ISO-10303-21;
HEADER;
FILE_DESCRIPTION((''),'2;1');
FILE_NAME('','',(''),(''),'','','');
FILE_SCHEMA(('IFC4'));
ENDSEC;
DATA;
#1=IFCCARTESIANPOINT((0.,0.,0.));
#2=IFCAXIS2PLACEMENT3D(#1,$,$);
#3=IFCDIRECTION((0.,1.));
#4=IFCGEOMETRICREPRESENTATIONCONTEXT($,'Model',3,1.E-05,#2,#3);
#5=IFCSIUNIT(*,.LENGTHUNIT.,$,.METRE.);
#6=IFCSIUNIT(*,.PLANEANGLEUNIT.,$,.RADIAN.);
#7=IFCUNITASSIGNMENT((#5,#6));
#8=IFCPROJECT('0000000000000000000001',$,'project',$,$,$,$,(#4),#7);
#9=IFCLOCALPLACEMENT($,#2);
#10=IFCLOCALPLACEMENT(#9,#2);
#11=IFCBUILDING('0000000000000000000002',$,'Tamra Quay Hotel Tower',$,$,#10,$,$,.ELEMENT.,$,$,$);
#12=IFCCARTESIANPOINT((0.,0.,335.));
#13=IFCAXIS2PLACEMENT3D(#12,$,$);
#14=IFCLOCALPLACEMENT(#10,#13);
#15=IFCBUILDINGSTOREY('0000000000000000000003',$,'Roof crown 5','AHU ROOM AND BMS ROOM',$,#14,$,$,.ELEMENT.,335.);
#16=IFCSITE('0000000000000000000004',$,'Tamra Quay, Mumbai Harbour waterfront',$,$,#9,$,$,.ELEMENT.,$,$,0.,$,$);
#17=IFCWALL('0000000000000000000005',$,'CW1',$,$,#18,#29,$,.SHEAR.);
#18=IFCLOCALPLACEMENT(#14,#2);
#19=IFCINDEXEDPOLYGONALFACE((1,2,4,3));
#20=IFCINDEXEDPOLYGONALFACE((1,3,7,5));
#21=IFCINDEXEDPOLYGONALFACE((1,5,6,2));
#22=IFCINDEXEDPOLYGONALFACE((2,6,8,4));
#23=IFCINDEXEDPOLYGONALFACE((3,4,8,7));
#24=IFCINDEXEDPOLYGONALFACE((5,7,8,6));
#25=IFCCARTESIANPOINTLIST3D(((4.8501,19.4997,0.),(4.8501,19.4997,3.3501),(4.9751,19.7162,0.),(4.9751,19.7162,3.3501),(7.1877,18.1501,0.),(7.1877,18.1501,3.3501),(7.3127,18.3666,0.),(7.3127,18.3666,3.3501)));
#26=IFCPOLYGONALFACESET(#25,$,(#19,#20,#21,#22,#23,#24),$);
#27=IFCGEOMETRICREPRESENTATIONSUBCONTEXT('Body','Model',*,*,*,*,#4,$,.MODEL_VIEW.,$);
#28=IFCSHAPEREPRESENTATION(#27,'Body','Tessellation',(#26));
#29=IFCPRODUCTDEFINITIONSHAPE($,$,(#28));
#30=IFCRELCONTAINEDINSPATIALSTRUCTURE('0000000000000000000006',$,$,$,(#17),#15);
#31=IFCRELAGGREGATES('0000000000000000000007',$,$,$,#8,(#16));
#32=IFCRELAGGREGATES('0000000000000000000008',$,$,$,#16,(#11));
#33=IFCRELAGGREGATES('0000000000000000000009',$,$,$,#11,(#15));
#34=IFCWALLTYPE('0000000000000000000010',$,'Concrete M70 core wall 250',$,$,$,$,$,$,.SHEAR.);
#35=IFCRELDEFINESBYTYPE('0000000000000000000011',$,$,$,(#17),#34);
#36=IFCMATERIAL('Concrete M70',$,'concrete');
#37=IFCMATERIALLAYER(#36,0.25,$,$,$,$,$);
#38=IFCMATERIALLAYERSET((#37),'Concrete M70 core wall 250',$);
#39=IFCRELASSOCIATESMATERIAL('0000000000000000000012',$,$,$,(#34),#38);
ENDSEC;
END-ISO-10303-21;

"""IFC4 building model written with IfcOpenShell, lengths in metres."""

from ifc_helpers import new_model, si_unit, direction, frame, frame_2d, origin, place, context, subcontext, project, spatial, rectangle, extrude, material, layer, layer_set, type_object, element, save


model = new_model("IFC4")

# Units and contexts
model_context = context("Model", 3, precision=1e-05, world=origin(), true_north=direction((0.0, 1.0)))
body_context = subcontext(model_context, "Body", "Model", "MODEL_VIEW")
ifc_project = project(units=[si_unit("LENGTHUNIT", "METRE"), si_unit("PLANEANGLEUNIT", "RADIAN")], contexts=[model_context])

# Site, building, storey
site_placement = place(None, origin())
site = spatial("IfcSite", under=ifc_project, at=site_placement, Name="Tamra Quay, Mumbai Harbour waterfront", CompositionType="ELEMENT", RefElevation=0.0)
building_placement = place(site_placement, origin())
building = spatial("IfcBuilding", under=site, at=building_placement, Name="Tamra Quay Hotel Tower", CompositionType="ELEMENT")
storey_placement = place(building_placement, frame((0.0, 0.0, 335.0)))
storey = spatial("IfcBuildingStorey", under=building, at=storey_placement, Name="Roof crown 5", Description="AHU ROOM AND BMS ROOM", CompositionType="ELEMENT", Elevation=335.0)

# Shared definitions
ifc_material_1 = material(Name="Concrete M70", Category="concrete")

# Wall
ifc_layer_1 = layer(ifc_material_1, 0.25)
ifc_layer_set_1 = layer_set([ifc_layer_1], Name="Concrete M70 core wall 250")
wall_type_1 = type_object("IfcWallType", Name="Concrete M70 core wall 250", PredefinedType="SHEAR", material=ifc_layer_set_1)
wall_1_placement = place(storey_placement, frame((4.9126, 19.6079, 0.0), z_axis=(0.0, 0.0, 1.0), x_axis=(0.86603, -0.499991, 0.0)))
element("IfcWall", 1, at=wall_1_placement, inside=storey, type_object=wall_type_1, Name="CW1", PredefinedType="SHEAR", context=body_context, shape_type="SweptSolid", body=[
    extrude(rectangle(XDim=2.6992, YDim=0.25, at=frame_2d((1.3496, 0.0))), origin(), (0.0, 0.0, 1.0), 3.3501),
])

save(model, "model.ifc")
